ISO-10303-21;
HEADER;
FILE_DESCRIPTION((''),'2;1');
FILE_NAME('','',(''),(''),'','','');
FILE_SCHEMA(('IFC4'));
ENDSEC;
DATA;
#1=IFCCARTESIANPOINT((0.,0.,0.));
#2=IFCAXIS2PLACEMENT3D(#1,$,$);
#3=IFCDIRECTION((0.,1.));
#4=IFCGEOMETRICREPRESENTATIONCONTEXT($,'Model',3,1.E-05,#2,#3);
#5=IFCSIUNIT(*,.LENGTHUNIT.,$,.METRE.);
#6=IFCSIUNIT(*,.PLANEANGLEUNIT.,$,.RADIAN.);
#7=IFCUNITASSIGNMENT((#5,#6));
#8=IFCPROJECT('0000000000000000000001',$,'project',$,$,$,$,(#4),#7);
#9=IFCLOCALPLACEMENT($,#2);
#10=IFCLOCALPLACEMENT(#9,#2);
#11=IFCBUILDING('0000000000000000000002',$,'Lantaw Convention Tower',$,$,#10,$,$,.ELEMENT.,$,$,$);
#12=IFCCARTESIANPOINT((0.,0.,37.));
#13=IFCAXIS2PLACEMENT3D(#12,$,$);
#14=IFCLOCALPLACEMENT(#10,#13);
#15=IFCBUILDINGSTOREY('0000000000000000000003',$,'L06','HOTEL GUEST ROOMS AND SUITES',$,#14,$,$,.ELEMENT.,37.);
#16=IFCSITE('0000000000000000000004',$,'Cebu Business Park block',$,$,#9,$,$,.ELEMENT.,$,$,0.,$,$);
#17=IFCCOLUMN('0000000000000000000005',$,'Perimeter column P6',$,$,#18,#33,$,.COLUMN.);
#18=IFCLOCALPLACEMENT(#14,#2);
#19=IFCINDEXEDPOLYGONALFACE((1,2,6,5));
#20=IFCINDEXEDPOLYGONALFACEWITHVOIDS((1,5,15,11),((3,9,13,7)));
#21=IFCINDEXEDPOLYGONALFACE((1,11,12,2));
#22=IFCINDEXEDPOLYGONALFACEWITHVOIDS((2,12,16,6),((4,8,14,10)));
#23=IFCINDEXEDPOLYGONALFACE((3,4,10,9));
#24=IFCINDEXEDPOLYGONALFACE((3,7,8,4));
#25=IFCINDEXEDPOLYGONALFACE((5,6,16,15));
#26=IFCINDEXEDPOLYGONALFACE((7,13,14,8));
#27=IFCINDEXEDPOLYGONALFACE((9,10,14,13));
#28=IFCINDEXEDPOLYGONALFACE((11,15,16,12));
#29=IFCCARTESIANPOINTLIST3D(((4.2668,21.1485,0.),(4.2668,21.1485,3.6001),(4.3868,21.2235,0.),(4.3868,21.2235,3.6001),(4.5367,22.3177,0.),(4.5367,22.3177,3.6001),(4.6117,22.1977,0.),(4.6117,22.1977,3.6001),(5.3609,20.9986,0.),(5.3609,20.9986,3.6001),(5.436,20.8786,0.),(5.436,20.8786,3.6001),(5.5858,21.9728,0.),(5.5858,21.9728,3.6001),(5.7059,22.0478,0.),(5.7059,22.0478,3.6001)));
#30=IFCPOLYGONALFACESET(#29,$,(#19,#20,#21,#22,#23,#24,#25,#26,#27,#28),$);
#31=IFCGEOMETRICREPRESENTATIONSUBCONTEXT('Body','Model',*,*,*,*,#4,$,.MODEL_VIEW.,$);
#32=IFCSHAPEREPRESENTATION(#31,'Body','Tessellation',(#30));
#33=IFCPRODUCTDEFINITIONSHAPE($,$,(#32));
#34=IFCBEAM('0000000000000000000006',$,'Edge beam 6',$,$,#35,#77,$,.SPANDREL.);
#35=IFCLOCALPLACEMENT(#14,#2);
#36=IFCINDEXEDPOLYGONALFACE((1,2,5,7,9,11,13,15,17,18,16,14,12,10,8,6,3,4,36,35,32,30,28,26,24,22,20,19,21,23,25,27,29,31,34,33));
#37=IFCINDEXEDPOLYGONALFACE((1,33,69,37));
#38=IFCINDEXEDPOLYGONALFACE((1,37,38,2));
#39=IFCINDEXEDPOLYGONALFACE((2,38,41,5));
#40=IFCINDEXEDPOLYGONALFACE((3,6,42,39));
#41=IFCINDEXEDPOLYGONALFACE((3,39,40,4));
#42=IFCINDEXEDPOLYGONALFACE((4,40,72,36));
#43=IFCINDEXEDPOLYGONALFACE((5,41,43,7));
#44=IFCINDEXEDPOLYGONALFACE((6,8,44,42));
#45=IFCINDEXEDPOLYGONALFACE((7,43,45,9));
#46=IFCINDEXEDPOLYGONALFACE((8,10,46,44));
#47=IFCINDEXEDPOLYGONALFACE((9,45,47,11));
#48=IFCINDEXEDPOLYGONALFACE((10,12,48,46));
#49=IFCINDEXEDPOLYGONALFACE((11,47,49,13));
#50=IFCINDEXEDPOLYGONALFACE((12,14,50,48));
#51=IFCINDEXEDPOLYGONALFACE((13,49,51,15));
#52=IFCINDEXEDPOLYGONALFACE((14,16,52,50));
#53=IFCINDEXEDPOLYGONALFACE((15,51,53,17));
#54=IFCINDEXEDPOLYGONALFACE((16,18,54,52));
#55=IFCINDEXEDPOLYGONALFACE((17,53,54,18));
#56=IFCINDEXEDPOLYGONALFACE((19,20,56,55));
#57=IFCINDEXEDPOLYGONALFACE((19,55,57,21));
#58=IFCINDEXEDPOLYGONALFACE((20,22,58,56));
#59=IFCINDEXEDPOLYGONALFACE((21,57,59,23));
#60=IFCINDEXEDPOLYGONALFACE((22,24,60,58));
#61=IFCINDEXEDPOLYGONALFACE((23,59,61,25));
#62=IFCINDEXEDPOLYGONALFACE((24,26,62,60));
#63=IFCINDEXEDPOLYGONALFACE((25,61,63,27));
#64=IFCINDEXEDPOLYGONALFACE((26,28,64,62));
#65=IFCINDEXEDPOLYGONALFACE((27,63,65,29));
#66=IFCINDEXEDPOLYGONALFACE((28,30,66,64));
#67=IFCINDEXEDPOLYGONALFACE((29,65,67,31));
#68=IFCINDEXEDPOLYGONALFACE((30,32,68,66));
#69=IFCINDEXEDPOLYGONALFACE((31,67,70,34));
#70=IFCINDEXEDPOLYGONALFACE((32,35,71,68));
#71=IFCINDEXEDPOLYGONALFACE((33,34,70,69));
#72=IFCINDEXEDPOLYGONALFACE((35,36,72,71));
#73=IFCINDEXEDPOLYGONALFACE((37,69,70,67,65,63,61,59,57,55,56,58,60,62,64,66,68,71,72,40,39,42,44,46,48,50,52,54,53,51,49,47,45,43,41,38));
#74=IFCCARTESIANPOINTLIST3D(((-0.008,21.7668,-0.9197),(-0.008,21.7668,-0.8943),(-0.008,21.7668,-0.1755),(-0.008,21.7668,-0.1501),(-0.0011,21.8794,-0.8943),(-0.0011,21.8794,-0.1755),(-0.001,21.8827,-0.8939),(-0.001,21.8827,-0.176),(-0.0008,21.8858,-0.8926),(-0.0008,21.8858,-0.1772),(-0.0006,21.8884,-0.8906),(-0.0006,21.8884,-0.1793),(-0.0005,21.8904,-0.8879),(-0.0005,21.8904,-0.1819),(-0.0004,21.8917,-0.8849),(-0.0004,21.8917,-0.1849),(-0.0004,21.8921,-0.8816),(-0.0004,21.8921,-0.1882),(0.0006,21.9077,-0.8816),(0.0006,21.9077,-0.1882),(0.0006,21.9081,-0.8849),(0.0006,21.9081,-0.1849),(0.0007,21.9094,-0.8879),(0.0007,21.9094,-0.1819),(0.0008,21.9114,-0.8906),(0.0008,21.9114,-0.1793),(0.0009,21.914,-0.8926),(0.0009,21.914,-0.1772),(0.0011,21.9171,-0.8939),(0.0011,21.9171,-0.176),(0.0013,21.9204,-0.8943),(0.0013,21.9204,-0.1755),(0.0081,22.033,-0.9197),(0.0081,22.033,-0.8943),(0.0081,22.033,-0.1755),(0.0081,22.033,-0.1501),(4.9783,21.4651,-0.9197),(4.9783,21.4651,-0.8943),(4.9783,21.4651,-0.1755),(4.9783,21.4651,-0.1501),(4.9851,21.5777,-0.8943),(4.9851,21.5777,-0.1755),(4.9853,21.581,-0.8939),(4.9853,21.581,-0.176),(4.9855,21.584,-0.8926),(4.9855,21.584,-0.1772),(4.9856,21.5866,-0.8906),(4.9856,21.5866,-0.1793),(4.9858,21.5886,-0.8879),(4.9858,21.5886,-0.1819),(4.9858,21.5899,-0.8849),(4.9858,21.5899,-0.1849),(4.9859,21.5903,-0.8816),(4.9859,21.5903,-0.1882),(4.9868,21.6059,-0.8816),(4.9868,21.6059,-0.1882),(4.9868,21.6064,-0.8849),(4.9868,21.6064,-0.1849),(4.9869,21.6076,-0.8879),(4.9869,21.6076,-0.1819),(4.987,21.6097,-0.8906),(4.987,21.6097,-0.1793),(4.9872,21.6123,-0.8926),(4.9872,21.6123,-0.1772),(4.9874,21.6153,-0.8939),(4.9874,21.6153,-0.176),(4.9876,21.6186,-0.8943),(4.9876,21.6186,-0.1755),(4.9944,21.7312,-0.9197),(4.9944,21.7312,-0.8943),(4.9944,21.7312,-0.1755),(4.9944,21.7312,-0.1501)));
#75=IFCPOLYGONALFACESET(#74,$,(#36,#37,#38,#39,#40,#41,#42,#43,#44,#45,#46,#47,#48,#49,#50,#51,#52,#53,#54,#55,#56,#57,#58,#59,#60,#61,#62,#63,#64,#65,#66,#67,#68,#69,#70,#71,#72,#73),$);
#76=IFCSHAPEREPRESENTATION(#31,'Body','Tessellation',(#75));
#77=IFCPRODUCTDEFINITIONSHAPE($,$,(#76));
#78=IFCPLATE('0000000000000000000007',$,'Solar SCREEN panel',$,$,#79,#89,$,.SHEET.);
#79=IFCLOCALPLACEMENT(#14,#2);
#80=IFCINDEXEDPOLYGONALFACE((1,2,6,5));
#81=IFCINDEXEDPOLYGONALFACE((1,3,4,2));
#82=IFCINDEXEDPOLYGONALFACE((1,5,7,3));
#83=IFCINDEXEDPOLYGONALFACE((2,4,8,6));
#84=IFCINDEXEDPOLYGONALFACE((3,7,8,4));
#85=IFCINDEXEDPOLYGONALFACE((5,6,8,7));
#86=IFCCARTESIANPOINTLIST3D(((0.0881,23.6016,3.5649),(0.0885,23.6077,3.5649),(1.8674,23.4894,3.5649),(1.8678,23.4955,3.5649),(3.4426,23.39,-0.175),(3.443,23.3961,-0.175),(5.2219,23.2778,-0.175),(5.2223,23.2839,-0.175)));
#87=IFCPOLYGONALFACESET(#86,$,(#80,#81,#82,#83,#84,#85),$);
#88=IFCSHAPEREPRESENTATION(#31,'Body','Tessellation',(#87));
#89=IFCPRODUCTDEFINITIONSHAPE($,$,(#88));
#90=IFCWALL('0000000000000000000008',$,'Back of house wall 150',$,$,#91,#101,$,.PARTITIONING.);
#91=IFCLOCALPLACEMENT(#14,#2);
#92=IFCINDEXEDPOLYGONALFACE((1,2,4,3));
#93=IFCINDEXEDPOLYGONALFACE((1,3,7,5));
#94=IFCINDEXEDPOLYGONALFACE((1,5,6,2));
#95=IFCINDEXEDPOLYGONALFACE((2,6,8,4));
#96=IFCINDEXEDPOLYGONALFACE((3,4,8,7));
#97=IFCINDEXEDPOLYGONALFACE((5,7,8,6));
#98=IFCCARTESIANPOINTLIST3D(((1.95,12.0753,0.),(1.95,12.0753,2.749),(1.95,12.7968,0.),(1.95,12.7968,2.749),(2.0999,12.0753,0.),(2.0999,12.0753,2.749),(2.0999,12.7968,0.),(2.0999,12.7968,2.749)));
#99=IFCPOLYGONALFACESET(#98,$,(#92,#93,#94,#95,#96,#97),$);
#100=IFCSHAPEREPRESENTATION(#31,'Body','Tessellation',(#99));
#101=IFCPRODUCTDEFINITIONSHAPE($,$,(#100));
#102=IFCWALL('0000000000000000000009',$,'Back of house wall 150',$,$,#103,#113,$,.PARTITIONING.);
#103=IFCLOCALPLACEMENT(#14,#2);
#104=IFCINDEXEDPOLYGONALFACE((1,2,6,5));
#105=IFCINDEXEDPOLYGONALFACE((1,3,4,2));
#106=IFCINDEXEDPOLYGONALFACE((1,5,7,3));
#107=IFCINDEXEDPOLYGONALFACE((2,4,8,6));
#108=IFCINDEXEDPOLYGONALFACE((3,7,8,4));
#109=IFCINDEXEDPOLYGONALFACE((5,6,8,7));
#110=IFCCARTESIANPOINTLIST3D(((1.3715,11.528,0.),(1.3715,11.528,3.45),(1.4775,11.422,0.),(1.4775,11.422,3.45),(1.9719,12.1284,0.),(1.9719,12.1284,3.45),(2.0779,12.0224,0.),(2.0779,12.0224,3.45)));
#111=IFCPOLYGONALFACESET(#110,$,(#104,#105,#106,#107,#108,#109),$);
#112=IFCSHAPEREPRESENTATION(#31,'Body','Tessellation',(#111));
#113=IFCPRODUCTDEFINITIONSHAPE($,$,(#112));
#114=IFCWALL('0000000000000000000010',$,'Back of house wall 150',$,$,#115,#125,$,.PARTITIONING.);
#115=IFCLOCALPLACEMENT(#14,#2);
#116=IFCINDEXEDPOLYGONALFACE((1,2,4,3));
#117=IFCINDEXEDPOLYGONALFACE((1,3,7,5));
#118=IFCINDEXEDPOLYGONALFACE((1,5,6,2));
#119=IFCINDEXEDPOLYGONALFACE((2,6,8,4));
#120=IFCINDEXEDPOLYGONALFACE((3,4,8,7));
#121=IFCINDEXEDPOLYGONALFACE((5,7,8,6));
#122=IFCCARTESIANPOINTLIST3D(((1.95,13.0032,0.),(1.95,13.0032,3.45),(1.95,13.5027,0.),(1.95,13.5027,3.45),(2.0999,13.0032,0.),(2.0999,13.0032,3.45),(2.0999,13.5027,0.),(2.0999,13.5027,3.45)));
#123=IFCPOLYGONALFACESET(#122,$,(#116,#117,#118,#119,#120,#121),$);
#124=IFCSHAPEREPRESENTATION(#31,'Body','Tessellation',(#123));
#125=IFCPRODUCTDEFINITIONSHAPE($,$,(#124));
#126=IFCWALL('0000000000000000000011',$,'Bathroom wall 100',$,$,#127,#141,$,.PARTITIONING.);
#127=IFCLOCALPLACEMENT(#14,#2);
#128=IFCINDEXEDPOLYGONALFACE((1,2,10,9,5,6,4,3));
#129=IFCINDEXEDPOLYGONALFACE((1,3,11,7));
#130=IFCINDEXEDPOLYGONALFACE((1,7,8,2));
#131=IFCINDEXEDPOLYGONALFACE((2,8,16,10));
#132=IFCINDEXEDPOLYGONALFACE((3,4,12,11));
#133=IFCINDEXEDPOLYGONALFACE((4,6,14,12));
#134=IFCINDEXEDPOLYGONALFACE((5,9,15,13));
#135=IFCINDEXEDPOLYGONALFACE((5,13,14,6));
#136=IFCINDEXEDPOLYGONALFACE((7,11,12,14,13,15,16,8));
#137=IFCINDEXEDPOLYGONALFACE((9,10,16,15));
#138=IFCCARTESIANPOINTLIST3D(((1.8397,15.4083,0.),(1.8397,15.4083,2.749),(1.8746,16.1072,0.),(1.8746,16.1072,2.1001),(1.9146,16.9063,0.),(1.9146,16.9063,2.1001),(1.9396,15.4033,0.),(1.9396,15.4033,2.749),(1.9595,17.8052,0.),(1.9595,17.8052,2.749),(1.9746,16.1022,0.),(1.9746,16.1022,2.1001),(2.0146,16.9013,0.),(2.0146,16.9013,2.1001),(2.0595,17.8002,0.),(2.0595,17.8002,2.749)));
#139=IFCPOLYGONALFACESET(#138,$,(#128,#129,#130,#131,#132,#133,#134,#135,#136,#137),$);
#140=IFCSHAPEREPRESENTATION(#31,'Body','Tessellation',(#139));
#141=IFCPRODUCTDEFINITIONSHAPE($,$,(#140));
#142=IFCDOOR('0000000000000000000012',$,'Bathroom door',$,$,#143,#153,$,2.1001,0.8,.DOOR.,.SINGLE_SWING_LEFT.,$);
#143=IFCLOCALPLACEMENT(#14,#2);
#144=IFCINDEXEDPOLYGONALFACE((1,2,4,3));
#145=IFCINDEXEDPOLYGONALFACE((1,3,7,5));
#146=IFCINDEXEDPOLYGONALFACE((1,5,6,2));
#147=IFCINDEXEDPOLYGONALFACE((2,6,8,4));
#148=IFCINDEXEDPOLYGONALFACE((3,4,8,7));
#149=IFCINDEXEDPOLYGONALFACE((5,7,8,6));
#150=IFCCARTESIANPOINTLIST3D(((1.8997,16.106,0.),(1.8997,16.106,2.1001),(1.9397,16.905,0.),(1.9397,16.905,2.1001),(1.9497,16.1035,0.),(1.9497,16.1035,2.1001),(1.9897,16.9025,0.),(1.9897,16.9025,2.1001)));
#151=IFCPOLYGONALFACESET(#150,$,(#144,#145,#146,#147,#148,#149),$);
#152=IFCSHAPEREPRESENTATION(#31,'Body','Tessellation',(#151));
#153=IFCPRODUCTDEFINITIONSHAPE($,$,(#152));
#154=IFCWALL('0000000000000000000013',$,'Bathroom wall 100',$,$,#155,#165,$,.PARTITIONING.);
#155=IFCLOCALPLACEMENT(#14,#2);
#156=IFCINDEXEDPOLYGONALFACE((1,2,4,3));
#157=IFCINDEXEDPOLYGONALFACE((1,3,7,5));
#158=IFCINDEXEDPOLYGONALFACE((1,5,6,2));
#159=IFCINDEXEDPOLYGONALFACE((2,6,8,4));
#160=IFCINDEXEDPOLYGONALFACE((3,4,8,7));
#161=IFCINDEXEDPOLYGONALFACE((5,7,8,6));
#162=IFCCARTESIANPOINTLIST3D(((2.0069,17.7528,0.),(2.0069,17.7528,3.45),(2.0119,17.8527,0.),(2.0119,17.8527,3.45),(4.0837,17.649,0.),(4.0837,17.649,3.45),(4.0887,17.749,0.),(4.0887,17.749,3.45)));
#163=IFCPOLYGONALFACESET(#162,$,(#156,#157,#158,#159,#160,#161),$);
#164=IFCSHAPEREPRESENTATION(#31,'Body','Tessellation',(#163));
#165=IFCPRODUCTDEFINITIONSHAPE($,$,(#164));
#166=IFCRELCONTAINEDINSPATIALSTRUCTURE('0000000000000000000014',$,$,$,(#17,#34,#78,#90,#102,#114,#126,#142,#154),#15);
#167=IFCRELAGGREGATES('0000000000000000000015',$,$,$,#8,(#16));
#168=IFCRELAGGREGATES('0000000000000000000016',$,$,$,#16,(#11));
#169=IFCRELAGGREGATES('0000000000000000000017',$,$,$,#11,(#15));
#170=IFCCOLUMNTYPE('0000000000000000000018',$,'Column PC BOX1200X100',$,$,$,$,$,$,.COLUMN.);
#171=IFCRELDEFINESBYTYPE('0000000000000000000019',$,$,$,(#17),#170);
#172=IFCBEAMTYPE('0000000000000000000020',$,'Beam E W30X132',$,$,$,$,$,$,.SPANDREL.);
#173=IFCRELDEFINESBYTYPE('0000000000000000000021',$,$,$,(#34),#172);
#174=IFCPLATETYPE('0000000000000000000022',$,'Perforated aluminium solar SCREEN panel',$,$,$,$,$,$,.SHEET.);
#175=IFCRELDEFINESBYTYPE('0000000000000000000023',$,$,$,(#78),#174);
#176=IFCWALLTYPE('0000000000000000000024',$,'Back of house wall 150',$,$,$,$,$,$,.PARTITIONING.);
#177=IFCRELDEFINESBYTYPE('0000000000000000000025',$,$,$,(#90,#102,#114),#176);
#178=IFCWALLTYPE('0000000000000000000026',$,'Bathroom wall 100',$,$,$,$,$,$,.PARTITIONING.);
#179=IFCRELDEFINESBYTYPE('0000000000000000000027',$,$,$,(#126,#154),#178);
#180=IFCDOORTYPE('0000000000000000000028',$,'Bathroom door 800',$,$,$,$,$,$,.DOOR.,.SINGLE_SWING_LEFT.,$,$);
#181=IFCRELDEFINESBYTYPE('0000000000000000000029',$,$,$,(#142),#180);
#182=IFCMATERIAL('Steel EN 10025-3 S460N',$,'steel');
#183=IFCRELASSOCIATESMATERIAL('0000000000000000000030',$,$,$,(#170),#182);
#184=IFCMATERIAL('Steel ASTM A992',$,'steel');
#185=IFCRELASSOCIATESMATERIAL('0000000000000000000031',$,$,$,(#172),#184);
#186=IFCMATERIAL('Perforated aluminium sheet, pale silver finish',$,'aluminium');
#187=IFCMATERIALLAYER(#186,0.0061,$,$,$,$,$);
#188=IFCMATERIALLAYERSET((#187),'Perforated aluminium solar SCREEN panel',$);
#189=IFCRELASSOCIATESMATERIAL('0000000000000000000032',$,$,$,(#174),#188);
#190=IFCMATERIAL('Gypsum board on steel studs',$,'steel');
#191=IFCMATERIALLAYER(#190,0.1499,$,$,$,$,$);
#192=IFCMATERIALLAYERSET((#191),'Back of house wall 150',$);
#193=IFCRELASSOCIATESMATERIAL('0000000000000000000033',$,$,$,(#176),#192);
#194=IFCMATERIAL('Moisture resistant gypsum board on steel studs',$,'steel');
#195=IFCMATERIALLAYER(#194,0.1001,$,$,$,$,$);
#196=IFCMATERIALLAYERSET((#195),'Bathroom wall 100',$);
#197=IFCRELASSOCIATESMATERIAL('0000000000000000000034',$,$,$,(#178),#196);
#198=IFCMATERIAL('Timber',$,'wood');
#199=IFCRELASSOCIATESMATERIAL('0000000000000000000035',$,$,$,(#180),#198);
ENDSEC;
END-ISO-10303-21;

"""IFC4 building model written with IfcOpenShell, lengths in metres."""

from ifc_helpers import new_model, si_unit, direction, frame, frame_2d, origin, origin_2d, place, context, subcontext, project, spatial, polyline, rectangle, hollow_rectangle, i_section, outline, extrude, material, layer, layer_set, material_profile, profile_set, type_object, element, fill, save


model = new_model("IFC4")

# Units and contexts
model_context = context("Model", 3, precision=1e-05, world=origin(), true_north=direction((0.0, 1.0)))
body_context = subcontext(model_context, "Body", "Model", "MODEL_VIEW")
ifc_project = project(units=[si_unit("LENGTHUNIT", "METRE"), si_unit("PLANEANGLEUNIT", "RADIAN")], contexts=[model_context])

# Site, building, storey
site_placement = place(None, origin())
site = spatial("IfcSite", under=ifc_project, at=site_placement, Name="Cebu Business Park block", CompositionType="ELEMENT", RefElevation=0.0)
building_placement = place(site_placement, origin())
building = spatial("IfcBuilding", under=site, at=building_placement, Name="Lantaw Convention Tower", CompositionType="ELEMENT")
storey_placement = place(building_placement, frame((0.0, 0.0, 37.0)))
storey = spatial("IfcBuildingStorey", under=building, at=storey_placement, Name="L06", Description="HOTEL GUEST ROOMS AND SUITES", CompositionType="ELEMENT", Elevation=37.0)

# Column
ifc_material_1 = material(Name="Steel EN 10025-3 S460N", Category="steel")
ifc_material_profile_1 = material_profile(ifc_material_1, hollow_rectangle(XDim=1.2, YDim=1.2, WallThickness=0.1001, at=origin_2d()), Name="BOX1200X100")
ifc_material_2 = material(Name="Concrete C60/75", Category="concrete")
ifc_material_profile_2 = material_profile(ifc_material_2, rectangle(XDim=1.0, YDim=1.0, at=origin_2d()), Name="Concrete fill of BOX1200X100")
ifc_profile_set_1 = profile_set([ifc_material_profile_1, ifc_material_profile_2], Name="Steel EN 10025-3 S460N")
column_type = type_object("IfcColumnType", Name="Column PC BOX1200X100", PredefinedType="COLUMN", material=ifc_profile_set_1)
column_placement = place(storey_placement, frame((4.9863, 21.5981, 0.0), z_axis=(0.0, 0.0, 1.0), x_axis=(0.224951, 0.97437, 0.0)))
element("IfcColumn", 1, at=column_placement, inside=storey, type_object=column_type, Name="Perimeter column P6", PredefinedType="COLUMN", context=body_context, shape_type="SweptSolid", body=[
    extrude(hollow_rectangle(XDim=1.2, YDim=1.2, WallThickness=0.1001, at=origin_2d()), origin(), (0.0, 0.0, 1.0), 3.6001),
])

# Beam
ifc_material_3 = material(Name="Steel ASTM A992", Category="steel")
ifc_material_profile_3 = material_profile(ifc_material_3, i_section(OverallWidth=0.2666, OverallDepth=0.7695, WebThickness=0.0156, FlangeThickness=0.0254, FilletRadius=0.0127, at=origin_2d()), Name="W30X132")
ifc_profile_set_2 = profile_set([ifc_material_profile_3], Name="Steel ASTM A992")
beam_type = type_object("IfcBeamType", Name="Beam E W30X132", PredefinedType="SPANDREL", material=ifc_profile_set_2)
beam_placement = place(storey_placement, frame((4.9863, 21.5981, -0.5349), z_axis=(-0.998174, 0.060407, 0.0), x_axis=(-0.060407, -0.998174, 0.0)))
element("IfcBeam", 2, at=beam_placement, inside=storey, type_object=beam_type, Name="Edge beam 6", PredefinedType="SPANDREL", context=body_context, shape_type="SweptSolid", body=[
    extrude(i_section(OverallWidth=0.2666, OverallDepth=0.7695, WebThickness=0.0156, FlangeThickness=0.0254, FilletRadius=0.0127, at=origin_2d()), origin(), (0.0, 0.0, 1.0), 4.9954),
])

# Plate
ifc_material_4 = material(Name="Perforated aluminium sheet, pale silver finish", Category="aluminium")
ifc_layer_1 = layer(ifc_material_4, 0.0061)
ifc_layer_set_1 = layer_set([ifc_layer_1], Name="Perforated aluminium solar SCREEN panel")
plate_type = type_object("IfcPlateType", Name="Perforated aluminium solar SCREEN panel", PredefinedType="SHEET", material=ifc_layer_set_1)
plate_placement = place(storey_placement, frame((5.2219, 23.2778, -0.175), z_axis=(-0.062924, -0.998018, 0.000014), x_axis=(-0.998018, 0.062924, 0.0)))
element("IfcPlate", 3, at=plate_placement, inside=storey, type_object=plate_type, Name="Solar SCREEN panel", PredefinedType="SHEET", context=body_context, shape_type="SweptSolid", body=[
    extrude(outline(polyline([(0.0, 0.0), (1.7828, 0.0), (5.144, -3.74), (3.3612, -3.74), (0.0, 0.0)])), origin(), (0.0, 0.0, -1.0), 0.0061),
])

# Walls
ifc_material_5 = material(Name="Gypsum board on steel studs", Category="steel")
ifc_layer_2 = layer(ifc_material_5, 0.1499)
ifc_layer_set_2 = layer_set([ifc_layer_2], Name="Back of house wall 150")
wall_type_1 = type_object("IfcWallType", Name="Back of house wall 150", PredefinedType="PARTITIONING", material=ifc_layer_set_2)
wall_1_placement = place(storey_placement, frame((2.0249, 12.7969, 0.0), z_axis=(0.0, 0.0, 1.0), x_axis=(0.0, -1.0, 0.0)))
element("IfcWall", 4, at=wall_1_placement, inside=storey, type_object=wall_type_1, Name="Back of house wall 150", PredefinedType="PARTITIONING", context=body_context, shape_type="SweptSolid", body=[
    extrude(rectangle(XDim=0.7214, YDim=0.1499, at=frame_2d((0.3608, 0.0))), origin(), (0.0, 0.0, 1.0), 2.749),
])
wall_2_placement = place(storey_placement, frame((2.0249, 12.0754, 0.0), z_axis=(0.0, 0.0, 1.0), x_axis=(-0.707107, -0.707107, 0.0)))
element("IfcWall", 5, at=wall_2_placement, inside=storey, type_object=wall_type_1, Name="Back of house wall 150", PredefinedType="PARTITIONING", context=body_context, shape_type="SweptSolid", body=[
    extrude(rectangle(XDim=0.8491, YDim=0.1499, at=frame_2d((0.4246, 0.0))), origin(), (0.0, 0.0, 1.0), 3.45),
])
wall_3_placement = place(storey_placement, frame((2.0249, 13.5027, 0.0), z_axis=(0.0, 0.0, 1.0), x_axis=(0.0, -1.0, 0.0)))
element("IfcWall", 6, at=wall_3_placement, inside=storey, type_object=wall_type_1, Name="Back of house wall 150", PredefinedType="PARTITIONING", context=body_context, shape_type="SweptSolid", body=[
    extrude(rectangle(XDim=0.4995, YDim=0.1499, at=frame_2d((0.2498, 0.0))), origin(), (0.0, 0.0, 1.0), 3.45),
])

# Wall, opening, door
ifc_material_6 = material(Name="Moisture resistant gypsum board on steel studs", Category="steel")
ifc_layer_3 = layer(ifc_material_6, 0.1001)
ifc_layer_set_3 = layer_set([ifc_layer_3], Name="Bathroom wall 100")
wall_type_2 = type_object("IfcWallType", Name="Bathroom wall 100", PredefinedType="PARTITIONING", material=ifc_layer_set_3)
wall_4_placement = place(storey_placement, frame((1.8896, 15.4058, 0.0), z_axis=(0.0, 0.0, 1.0), x_axis=(0.049948, 0.998752, 0.0)))
wall_4 = element("IfcWall", 7, at=wall_4_placement, inside=storey, type_object=wall_type_2, Name="Bathroom wall 100", PredefinedType="PARTITIONING", context=body_context, shape_type="SweptSolid", body=[
    extrude(rectangle(XDim=2.3999, YDim=0.1001, at=frame_2d((1.2, 0.0))), origin(), (0.0, 0.0, 1.0), 2.749),
])
opening_1_placement = place(wall_4_placement, frame((0.7, 0.0, 0.0)))
opening_1 = element("IfcOpeningElement", 8, at=opening_1_placement, cuts=wall_4, PredefinedType="OPENING", context=body_context, shape_type="SweptSolid", body=[
    extrude(rectangle(XDim=0.8, YDim=2.1001, at=frame_2d((0.3999, 1.05))), frame((0.0, 0.0601, 0.0), z_axis=(0.0, -1.0, 0.0), x_axis=(1.0, 0.0, 0.0)), (0.0, 0.0, 1.0), 0.1201),
])
ifc_material_7 = material(Name="Timber", Category="wood")
door_type_1 = type_object("IfcDoorType", Name="Bathroom door 800", OperationType="SINGLE_SWING_LEFT", PredefinedType="DOOR", material=ifc_material_7)
door_1_placement = place(opening_1_placement, origin())
door_1 = element("IfcDoor", 9, at=door_1_placement, inside=storey, type_object=door_type_1, Name="Bathroom door", OperationType="SINGLE_SWING_LEFT", OverallHeight=2.1001, OverallWidth=0.8, PredefinedType="DOOR", context=body_context, shape_type="SweptSolid", body=[
    extrude(rectangle(XDim=0.8, YDim=2.1001, at=frame_2d((0.3999, 1.05))), frame((0.0, 0.0249, 0.0), z_axis=(0.0, -1.0, 0.0), x_axis=(1.0, 0.0, 0.0)), (0.0, 0.0, 1.0), 0.05),
])
fill(opening_1, door_1)

# Wall
wall_5_placement = place(storey_placement, frame((2.0095, 17.8027, 0.0), z_axis=(0.0, 0.0, 1.0), x_axis=(0.998754, -0.049902, 0.0)))
element("IfcWall", 10, at=wall_5_placement, inside=storey, type_object=wall_type_2, Name="Bathroom wall 100", PredefinedType="PARTITIONING", context=body_context, shape_type="SweptSolid", body=[
    extrude(rectangle(XDim=2.0793, YDim=0.1001, at=frame_2d((1.0396, 0.0))), origin(), (0.0, 0.0, 1.0), 3.45),
])

save(model, "model.ifc")
